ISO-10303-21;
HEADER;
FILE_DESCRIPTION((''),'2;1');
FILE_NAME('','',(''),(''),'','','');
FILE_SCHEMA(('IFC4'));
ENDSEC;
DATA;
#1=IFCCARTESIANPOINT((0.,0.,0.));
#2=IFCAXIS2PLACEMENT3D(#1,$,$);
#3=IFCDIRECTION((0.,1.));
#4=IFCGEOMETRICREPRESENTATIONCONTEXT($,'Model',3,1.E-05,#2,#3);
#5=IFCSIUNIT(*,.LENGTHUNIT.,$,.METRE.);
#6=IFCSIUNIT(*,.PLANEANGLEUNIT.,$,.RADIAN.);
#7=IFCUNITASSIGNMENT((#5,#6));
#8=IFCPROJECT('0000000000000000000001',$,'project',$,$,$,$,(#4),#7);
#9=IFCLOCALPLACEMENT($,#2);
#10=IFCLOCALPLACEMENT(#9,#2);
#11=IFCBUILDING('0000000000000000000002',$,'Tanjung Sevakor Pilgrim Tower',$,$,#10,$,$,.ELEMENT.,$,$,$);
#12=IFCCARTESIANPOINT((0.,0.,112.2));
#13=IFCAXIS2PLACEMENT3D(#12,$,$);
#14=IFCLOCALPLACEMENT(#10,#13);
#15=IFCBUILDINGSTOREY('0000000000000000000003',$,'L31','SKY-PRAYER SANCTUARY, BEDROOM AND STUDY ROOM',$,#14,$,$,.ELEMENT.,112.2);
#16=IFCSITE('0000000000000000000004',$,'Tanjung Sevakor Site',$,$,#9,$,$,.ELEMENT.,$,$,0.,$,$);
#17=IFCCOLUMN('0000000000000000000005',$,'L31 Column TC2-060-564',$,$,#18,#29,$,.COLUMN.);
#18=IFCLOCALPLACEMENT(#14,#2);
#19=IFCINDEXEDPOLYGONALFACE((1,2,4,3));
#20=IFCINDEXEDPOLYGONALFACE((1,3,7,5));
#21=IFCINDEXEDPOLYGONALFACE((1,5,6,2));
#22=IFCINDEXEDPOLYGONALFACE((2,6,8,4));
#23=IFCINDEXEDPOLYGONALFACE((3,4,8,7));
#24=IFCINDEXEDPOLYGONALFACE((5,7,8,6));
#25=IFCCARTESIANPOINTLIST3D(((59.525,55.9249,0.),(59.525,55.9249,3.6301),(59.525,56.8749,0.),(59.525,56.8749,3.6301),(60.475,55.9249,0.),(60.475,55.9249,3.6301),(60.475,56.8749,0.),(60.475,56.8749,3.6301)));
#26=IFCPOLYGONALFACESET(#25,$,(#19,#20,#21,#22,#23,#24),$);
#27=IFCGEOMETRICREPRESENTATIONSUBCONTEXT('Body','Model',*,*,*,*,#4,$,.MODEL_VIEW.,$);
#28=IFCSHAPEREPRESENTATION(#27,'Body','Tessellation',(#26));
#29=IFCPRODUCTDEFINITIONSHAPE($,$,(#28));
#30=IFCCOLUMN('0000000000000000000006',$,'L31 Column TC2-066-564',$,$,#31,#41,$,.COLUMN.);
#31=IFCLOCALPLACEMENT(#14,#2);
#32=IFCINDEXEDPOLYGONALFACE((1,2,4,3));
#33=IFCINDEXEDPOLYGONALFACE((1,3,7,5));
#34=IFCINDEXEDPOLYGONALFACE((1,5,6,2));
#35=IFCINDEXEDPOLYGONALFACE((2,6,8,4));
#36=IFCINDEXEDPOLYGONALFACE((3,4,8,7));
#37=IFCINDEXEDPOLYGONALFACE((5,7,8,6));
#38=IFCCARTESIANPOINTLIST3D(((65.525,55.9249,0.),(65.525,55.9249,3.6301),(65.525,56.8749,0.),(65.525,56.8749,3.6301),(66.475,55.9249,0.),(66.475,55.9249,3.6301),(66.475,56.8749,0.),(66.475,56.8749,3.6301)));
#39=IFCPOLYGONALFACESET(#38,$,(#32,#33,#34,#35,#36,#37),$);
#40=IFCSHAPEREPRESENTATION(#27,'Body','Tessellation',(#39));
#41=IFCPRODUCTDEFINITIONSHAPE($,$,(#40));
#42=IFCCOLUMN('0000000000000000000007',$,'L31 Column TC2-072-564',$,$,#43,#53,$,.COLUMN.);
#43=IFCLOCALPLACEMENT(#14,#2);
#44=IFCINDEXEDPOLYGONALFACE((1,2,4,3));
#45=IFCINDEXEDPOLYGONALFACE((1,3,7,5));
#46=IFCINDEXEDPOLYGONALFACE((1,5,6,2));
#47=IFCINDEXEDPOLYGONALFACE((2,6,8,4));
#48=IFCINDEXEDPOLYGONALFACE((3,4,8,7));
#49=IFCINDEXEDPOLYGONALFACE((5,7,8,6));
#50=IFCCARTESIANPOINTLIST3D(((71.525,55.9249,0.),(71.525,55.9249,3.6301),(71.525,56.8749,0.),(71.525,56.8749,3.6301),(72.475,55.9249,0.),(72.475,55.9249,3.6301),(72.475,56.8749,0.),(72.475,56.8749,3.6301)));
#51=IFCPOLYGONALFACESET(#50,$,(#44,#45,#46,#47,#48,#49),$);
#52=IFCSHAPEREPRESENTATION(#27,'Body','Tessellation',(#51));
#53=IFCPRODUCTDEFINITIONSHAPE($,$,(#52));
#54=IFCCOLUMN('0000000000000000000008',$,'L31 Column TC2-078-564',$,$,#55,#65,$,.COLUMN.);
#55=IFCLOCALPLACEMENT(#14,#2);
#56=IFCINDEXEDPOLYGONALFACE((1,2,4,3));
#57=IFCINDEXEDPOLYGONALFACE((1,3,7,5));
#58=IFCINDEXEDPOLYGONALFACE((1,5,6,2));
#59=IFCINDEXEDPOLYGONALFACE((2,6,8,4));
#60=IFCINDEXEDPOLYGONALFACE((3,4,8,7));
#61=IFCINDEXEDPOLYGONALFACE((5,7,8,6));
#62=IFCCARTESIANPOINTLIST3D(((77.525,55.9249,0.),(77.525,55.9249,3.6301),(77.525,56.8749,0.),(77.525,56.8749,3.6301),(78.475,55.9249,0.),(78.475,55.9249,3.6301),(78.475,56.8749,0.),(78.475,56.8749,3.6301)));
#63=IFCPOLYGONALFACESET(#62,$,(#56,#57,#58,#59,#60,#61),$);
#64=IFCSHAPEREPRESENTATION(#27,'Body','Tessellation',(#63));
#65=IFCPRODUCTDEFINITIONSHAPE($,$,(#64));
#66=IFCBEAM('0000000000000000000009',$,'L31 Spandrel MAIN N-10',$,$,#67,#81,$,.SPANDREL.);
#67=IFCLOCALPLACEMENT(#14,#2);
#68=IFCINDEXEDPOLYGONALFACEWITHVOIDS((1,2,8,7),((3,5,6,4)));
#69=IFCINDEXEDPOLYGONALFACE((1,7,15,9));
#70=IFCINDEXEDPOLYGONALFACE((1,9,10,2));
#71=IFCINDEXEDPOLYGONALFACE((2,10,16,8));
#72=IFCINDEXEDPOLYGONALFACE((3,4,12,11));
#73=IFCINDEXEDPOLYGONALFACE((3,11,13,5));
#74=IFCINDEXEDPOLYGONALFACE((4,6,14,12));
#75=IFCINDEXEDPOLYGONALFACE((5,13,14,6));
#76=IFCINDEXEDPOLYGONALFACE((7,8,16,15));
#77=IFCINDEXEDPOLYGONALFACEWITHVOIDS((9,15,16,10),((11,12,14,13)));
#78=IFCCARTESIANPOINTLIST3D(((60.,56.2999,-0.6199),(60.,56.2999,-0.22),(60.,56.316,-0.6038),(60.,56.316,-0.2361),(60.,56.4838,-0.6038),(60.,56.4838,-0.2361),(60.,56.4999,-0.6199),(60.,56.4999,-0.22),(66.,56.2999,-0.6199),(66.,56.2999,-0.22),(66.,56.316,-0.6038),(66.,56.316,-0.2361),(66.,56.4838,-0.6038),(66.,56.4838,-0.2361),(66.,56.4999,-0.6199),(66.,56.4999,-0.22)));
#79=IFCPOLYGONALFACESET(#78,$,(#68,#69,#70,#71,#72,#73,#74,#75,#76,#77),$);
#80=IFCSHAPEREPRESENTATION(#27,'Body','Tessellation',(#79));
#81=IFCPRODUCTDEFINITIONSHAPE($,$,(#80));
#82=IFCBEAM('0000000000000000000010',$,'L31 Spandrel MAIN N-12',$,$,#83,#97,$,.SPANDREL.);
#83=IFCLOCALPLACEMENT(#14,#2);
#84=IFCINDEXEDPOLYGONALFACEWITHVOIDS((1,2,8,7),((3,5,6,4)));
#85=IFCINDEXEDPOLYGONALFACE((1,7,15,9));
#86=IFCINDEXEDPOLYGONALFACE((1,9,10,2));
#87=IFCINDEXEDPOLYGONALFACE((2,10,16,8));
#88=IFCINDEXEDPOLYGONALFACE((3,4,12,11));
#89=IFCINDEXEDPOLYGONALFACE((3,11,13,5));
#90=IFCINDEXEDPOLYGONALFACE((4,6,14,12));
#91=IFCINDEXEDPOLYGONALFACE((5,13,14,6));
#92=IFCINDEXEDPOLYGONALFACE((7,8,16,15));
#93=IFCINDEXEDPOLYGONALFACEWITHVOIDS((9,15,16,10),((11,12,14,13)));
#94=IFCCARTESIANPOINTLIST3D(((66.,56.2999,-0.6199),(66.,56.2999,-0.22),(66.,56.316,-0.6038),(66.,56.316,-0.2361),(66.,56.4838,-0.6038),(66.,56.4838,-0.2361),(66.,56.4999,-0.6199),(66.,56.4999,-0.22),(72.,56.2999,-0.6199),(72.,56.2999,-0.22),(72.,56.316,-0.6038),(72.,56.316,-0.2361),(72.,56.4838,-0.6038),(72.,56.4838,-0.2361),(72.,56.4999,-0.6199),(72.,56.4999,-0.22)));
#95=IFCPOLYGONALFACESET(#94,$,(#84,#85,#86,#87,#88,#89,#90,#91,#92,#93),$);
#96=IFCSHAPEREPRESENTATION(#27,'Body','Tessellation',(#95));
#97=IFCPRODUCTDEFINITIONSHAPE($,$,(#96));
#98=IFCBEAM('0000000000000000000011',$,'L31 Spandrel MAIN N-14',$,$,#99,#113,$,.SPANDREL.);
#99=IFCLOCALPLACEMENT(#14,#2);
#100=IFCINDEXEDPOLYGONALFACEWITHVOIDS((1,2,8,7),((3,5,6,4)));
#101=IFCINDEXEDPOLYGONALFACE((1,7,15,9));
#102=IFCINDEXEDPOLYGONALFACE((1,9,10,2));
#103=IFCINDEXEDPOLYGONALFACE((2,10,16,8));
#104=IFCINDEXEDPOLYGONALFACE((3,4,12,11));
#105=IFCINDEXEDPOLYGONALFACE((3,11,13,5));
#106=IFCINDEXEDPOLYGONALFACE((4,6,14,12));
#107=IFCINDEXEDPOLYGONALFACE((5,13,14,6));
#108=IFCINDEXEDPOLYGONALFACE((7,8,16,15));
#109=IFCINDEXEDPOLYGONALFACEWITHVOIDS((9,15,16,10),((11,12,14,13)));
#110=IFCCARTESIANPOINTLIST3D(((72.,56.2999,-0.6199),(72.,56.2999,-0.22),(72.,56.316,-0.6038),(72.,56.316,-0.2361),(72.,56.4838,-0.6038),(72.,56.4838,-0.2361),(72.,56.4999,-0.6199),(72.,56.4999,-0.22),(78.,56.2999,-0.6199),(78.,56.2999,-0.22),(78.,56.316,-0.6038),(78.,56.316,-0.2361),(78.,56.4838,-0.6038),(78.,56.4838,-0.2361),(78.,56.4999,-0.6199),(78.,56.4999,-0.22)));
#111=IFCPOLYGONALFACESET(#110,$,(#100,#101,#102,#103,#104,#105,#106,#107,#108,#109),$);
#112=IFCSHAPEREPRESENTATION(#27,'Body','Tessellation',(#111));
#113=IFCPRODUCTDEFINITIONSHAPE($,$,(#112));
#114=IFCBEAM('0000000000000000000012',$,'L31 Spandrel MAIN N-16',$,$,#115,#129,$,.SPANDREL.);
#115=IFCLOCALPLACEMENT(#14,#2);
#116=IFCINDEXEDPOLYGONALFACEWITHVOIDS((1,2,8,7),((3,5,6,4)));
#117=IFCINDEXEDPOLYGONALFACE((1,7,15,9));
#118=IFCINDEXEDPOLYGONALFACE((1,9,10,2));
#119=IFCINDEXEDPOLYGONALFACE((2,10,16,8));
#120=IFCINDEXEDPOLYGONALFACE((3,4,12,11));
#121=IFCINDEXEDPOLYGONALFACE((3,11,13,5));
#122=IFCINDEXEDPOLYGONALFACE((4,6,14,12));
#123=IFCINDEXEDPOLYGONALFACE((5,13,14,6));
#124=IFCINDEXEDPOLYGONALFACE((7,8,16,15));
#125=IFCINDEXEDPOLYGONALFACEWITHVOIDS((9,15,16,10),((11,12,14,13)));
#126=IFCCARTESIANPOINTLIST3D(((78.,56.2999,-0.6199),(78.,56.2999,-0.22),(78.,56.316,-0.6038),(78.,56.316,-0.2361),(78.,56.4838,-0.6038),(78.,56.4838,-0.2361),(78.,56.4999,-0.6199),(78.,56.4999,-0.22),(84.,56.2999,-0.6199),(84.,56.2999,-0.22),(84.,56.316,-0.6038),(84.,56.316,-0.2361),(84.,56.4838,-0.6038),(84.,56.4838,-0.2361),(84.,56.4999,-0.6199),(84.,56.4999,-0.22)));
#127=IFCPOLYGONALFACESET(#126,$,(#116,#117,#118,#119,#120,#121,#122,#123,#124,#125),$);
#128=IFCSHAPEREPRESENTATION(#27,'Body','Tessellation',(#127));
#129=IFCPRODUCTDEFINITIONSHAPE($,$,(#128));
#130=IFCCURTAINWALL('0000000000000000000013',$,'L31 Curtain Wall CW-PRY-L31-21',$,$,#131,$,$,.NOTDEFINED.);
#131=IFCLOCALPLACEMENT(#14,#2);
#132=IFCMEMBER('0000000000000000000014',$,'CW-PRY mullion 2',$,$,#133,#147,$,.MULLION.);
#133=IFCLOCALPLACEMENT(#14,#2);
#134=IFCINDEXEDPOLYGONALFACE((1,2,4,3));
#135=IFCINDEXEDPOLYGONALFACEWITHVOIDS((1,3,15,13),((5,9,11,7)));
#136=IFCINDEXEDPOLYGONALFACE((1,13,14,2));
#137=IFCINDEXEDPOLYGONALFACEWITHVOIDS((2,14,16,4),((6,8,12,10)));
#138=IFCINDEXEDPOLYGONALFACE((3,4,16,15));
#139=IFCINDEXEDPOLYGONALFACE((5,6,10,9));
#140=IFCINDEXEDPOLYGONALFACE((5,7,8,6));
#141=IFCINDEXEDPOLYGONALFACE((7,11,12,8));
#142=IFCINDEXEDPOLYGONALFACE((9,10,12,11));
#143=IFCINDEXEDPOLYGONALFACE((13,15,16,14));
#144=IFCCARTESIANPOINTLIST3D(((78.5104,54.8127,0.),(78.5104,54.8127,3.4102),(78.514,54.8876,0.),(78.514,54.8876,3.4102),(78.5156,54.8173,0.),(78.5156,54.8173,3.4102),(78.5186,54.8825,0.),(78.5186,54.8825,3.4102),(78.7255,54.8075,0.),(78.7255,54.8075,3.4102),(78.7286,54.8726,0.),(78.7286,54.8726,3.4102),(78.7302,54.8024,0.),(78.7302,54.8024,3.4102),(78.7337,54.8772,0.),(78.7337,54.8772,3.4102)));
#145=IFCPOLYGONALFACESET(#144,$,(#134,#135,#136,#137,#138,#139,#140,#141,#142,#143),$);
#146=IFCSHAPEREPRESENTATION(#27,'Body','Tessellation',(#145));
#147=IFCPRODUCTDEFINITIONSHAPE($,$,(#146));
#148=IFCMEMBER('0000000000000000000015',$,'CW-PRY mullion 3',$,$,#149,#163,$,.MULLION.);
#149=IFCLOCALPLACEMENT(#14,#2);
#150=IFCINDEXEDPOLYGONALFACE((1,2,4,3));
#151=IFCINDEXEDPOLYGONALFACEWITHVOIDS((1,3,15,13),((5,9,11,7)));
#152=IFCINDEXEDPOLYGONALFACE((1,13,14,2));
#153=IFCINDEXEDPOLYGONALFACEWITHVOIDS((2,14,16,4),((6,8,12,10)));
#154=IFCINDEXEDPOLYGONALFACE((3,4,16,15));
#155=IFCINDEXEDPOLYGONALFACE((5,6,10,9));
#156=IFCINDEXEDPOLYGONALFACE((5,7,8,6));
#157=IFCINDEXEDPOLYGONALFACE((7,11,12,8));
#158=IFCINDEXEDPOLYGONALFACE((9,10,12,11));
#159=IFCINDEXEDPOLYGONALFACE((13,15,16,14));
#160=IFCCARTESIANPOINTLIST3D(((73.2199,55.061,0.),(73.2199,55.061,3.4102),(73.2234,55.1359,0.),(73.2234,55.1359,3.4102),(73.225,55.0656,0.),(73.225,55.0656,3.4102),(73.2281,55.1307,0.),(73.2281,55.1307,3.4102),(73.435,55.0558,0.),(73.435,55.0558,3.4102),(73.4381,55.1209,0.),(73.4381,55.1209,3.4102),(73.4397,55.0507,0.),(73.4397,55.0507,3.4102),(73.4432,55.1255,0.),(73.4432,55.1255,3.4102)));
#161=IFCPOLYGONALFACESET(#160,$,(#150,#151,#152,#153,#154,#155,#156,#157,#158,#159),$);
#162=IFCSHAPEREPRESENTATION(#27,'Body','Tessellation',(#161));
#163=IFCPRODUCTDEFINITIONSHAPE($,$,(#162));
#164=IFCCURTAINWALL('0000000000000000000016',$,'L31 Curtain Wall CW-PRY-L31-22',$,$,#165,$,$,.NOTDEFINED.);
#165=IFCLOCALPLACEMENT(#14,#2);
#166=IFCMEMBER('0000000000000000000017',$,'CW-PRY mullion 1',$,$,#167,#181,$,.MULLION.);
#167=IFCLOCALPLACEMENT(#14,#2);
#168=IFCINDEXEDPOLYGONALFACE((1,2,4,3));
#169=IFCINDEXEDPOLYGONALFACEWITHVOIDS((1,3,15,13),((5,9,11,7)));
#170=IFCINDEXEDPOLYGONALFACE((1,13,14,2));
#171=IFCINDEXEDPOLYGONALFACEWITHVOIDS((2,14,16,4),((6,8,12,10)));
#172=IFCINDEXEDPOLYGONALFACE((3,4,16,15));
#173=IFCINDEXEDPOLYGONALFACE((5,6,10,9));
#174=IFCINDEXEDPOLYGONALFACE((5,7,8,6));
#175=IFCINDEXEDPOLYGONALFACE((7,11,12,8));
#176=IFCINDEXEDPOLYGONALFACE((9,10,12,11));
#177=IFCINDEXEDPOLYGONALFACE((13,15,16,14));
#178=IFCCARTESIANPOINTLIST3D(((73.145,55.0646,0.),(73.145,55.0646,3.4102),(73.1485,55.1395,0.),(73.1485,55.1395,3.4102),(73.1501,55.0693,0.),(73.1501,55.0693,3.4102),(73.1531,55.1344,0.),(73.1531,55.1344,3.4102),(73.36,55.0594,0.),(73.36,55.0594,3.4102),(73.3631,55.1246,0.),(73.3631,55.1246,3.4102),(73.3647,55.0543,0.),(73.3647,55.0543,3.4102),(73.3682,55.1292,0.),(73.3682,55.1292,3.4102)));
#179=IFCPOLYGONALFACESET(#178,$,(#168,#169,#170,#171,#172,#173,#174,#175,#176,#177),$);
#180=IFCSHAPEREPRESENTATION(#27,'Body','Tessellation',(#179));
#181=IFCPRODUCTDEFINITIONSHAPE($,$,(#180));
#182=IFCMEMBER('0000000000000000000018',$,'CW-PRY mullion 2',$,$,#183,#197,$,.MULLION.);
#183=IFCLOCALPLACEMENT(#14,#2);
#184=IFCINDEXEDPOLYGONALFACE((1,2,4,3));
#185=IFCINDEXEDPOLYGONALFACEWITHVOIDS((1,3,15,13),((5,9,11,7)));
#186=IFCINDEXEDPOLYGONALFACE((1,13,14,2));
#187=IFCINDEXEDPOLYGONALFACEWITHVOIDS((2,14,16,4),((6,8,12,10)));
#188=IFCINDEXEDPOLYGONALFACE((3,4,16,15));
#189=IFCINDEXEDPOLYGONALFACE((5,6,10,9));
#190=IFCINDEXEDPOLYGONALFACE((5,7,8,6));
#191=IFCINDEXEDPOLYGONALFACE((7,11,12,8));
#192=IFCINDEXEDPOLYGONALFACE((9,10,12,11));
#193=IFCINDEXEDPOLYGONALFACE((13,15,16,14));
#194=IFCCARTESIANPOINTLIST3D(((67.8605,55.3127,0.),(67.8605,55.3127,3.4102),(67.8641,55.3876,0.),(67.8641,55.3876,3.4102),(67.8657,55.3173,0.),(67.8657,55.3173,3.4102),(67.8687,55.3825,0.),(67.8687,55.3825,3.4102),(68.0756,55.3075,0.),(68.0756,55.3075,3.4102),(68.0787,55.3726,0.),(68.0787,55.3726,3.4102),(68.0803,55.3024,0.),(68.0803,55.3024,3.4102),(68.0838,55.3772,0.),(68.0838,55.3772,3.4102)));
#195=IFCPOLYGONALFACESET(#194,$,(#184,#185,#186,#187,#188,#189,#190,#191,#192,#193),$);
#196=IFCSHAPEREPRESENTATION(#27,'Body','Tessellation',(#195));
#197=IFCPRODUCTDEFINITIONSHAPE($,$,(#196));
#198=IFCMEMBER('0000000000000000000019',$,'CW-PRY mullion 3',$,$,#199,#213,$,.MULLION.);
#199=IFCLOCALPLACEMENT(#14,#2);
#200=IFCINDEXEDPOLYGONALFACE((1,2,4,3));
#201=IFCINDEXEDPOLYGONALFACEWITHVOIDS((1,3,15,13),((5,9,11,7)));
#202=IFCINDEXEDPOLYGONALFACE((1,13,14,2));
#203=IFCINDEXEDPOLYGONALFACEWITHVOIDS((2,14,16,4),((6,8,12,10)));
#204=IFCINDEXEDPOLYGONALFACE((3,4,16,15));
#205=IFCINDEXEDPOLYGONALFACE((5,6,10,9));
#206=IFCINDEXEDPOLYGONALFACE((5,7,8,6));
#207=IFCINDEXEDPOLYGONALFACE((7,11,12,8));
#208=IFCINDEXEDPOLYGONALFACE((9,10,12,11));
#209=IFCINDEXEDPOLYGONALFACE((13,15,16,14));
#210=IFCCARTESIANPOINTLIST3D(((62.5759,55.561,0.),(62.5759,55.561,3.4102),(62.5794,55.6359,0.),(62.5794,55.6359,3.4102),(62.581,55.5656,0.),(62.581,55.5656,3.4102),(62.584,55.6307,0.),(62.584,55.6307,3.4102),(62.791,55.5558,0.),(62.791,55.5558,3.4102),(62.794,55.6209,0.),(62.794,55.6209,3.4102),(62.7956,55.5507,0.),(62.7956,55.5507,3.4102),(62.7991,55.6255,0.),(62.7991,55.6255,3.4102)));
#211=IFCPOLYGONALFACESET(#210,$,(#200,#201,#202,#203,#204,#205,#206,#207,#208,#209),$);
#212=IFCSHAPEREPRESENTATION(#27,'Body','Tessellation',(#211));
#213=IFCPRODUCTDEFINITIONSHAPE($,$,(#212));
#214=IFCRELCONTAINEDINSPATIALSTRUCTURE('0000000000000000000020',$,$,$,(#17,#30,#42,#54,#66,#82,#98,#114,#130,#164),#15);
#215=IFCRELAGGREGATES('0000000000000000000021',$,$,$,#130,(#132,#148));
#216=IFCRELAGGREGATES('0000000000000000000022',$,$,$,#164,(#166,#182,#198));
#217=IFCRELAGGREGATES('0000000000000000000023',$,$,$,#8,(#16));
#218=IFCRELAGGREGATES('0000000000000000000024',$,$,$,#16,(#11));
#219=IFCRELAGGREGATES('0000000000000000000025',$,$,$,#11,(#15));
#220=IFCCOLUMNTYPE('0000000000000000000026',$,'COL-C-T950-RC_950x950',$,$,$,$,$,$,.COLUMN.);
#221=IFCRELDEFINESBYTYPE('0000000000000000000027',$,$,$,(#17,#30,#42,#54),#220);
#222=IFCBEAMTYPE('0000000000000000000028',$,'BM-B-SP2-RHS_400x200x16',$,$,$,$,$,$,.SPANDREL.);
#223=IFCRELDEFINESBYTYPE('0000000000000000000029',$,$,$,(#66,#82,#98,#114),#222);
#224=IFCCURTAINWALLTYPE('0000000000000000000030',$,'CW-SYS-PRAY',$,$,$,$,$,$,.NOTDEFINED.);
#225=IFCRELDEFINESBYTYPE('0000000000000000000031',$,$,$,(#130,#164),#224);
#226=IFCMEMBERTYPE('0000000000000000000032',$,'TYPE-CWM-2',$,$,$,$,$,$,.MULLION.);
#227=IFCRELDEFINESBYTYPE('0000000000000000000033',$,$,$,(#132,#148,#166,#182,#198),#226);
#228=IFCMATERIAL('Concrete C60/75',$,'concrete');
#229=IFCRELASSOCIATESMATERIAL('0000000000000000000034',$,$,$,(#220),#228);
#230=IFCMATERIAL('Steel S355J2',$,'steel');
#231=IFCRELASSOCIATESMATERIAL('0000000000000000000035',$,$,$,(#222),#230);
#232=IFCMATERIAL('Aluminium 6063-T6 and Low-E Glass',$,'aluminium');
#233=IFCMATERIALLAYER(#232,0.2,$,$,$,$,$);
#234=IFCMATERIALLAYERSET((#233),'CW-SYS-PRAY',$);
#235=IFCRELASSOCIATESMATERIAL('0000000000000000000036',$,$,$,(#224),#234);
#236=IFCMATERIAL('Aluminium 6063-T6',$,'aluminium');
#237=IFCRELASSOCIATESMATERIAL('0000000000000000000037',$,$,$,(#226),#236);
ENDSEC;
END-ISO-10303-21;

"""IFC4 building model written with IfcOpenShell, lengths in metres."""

from ifc_helpers import new_model, si_unit, direction, frame, origin, origin_2d, place, context, subcontext, project, spatial, rectangle, hollow_rectangle, extrude, material, layer, layer_set, material_profile, profile_set, type_object, element, aggregate, save


model = new_model("IFC4")

# Units and contexts
model_context = context("Model", 3, precision=1e-05, world=origin(), true_north=direction((0.0, 1.0)))
body_context = subcontext(model_context, "Body", "Model", "MODEL_VIEW")
ifc_project = project(units=[si_unit("LENGTHUNIT", "METRE"), si_unit("PLANEANGLEUNIT", "RADIAN")], contexts=[model_context])

# Site, building, storey
site_placement = place(None, origin())
site = spatial("IfcSite", under=ifc_project, at=site_placement, Name="Tanjung Sevakor Site", CompositionType="ELEMENT", RefElevation=0.0)
building_placement = place(site_placement, origin())
building = spatial("IfcBuilding", under=site, at=building_placement, Name="Tanjung Sevakor Pilgrim Tower", CompositionType="ELEMENT")
storey_placement = place(building_placement, frame((0.0, 0.0, 112.2)))
storey = spatial("IfcBuildingStorey", under=building, at=storey_placement, Name="L31", Description="SKY-PRAYER SANCTUARY, BEDROOM AND STUDY ROOM", CompositionType="ELEMENT", Elevation=112.2)

# Columns
ifc_material_1 = material(Name="Concrete C60/75", Category="concrete")
ifc_material_profile_1 = material_profile(ifc_material_1, rectangle(XDim=0.95, YDim=0.95, at=origin_2d()))
ifc_profile_set_1 = profile_set([ifc_material_profile_1], Name="Concrete C60/75")
column_type = type_object("IfcColumnType", Name="COL-C-T950-RC_950x950", PredefinedType="COLUMN", material=ifc_profile_set_1)
for number, where, z_axis, x_axis, name in (
    (1, (60.0, 56.3999, 0.0), (0.0, 0.0, 1.0), (1.0, 0.0, 0.0), "L31 Column TC2-060-564"),
    (2, (66.0, 56.3999, 0.0), (0.0, 0.0, 1.0), (1.0, 0.0, 0.0), "L31 Column TC2-066-564"),
    (3, (72.0, 56.3999, 0.0), (0.0, 0.0, 1.0), (1.0, 0.0, 0.0), "L31 Column TC2-072-564"),
    (4, (78.0, 56.3999, 0.0), (0.0, 0.0, 1.0), (1.0, 0.0, 0.0), "L31 Column TC2-078-564"),
):
    element("IfcColumn", number, at=place(storey_placement, frame(where, z_axis=z_axis, x_axis=x_axis)), inside=storey, type_object=column_type, Name=name, PredefinedType="COLUMN", context=body_context, shape_type="SweptSolid", body=[
        extrude(rectangle(XDim=0.95, YDim=0.95, at=origin_2d()), origin(), (0.0, 0.0, 1.0), 3.6301),
    ])

# Beams
ifc_material_2 = material(Name="Steel S355J2", Category="steel")
ifc_material_profile_2 = material_profile(ifc_material_2, hollow_rectangle(XDim=0.2, YDim=0.3999, WallThickness=0.0161, at=origin_2d()))
ifc_profile_set_2 = profile_set([ifc_material_profile_2], Name="Steel S355J2")
beam_type = type_object("IfcBeamType", Name="BM-B-SP2-RHS_400x200x16", PredefinedType="SPANDREL", material=ifc_profile_set_2)
for number, where, z_axis, x_axis, name in (
    (5, (60.0, 56.3999, -0.4199), (1.0, 0.0, 0.0), (0.0, 1.0, 0.0), "L31 Spandrel MAIN N-10"),
    (6, (66.0, 56.3999, -0.4199), (1.0, 0.0, 0.0), (0.0, 1.0, 0.0), "L31 Spandrel MAIN N-12"),
    (7, (72.0, 56.3999, -0.4199), (1.0, 0.0, 0.0), (0.0, 1.0, 0.0), "L31 Spandrel MAIN N-14"),
    (8, (78.0, 56.3999, -0.4199), (1.0, 0.0, 0.0), (0.0, 1.0, 0.0), "L31 Spandrel MAIN N-16"),
):
    element("IfcBeam", number, at=place(storey_placement, frame(where, z_axis=z_axis, x_axis=x_axis)), inside=storey, type_object=beam_type, Name=name, PredefinedType="SPANDREL", context=body_context, shape_type="SweptSolid", body=[
        extrude(hollow_rectangle(XDim=0.2, YDim=0.3999, WallThickness=0.0161, at=origin_2d()), origin(), (0.0, 0.0, 1.0), 6.0),
    ])

# Curtain walls, members
ifc_material_3 = material(Name="Aluminium 6063-T6 and Low-E Glass", Category="aluminium")
ifc_layer_1 = layer(ifc_material_3, 0.2)
ifc_layer_set_1 = layer_set([ifc_layer_1], Name="CW-SYS-PRAY")
curtain_wall_type = type_object("IfcCurtainWallType", Name="CW-SYS-PRAY", PredefinedType="NOTDEFINED", material=ifc_layer_set_1)
curtain_wall_1_placement = place(storey_placement, origin())
curtain_wall_1 = element("IfcCurtainWall", 9, at=curtain_wall_1_placement, inside=storey, type_object=curtain_wall_type, Name="L31 Curtain Wall CW-PRY-L31-21", PredefinedType="NOTDEFINED")
ifc_material_4 = material(Name="Aluminium 6063-T6", Category="aluminium")
ifc_material_profile_3 = material_profile(ifc_material_4, hollow_rectangle(XDim=0.075, YDim=0.22, WallThickness=0.0049, at=origin_2d()))
ifc_profile_set_3 = profile_set([ifc_material_profile_3], Name="Aluminium 6063-T6")
member_type_1 = type_object("IfcMemberType", Name="TYPE-CWM-2", PredefinedType="MULLION", material=ifc_profile_set_3)
member_1_placement = place(storey_placement, frame((78.6221, 54.845, 0.0), z_axis=(0.0, 0.0, 1.0), x_axis=(-0.046889, -0.9989, 0.0)))
member_1 = element("IfcMember", 10, at=member_1_placement, type_object=member_type_1, Name="CW-PRY mullion 2", PredefinedType="MULLION", context=body_context, shape_type="SweptSolid", body=[
    extrude(hollow_rectangle(XDim=0.075, YDim=0.22, WallThickness=0.0049, at=origin_2d()), origin(), (0.0, 0.0, 1.0), 3.4102),
])
member_2_placement = place(storey_placement, frame((73.3315, 55.0933, 0.0), z_axis=(0.0, 0.0, 1.0), x_axis=(-0.046889, -0.9989, 0.0)))
member_2 = element("IfcMember", 11, at=member_2_placement, type_object=member_type_1, Name="CW-PRY mullion 3", PredefinedType="MULLION", context=body_context, shape_type="SweptSolid", body=[
    extrude(hollow_rectangle(XDim=0.075, YDim=0.22, WallThickness=0.0049, at=origin_2d()), origin(), (0.0, 0.0, 1.0), 3.4102),
])
curtain_wall_2_placement = place(storey_placement, origin())
curtain_wall_2 = element("IfcCurtainWall", 12, at=curtain_wall_2_placement, inside=storey, type_object=curtain_wall_type, Name="L31 Curtain Wall CW-PRY-L31-22", PredefinedType="NOTDEFINED")
member_3_placement = place(storey_placement, frame((73.2566, 55.0969, 0.0), z_axis=(0.0, 0.0, 1.0), x_axis=(-0.046904, -0.998899, 0.0)))
member_3 = element("IfcMember", 13, at=member_3_placement, type_object=member_type_1, Name="CW-PRY mullion 1", PredefinedType="MULLION", context=body_context, shape_type="SweptSolid", body=[
    extrude(hollow_rectangle(XDim=0.075, YDim=0.22, WallThickness=0.0049, at=origin_2d()), origin(), (0.0, 0.0, 1.0), 3.4102),
])
member_4_placement = place(storey_placement, frame((67.9722, 55.345, 0.0), z_axis=(0.0, 0.0, 1.0), x_axis=(-0.046904, -0.998899, 0.0)))
member_4 = element("IfcMember", 14, at=member_4_placement, type_object=member_type_1, Name="CW-PRY mullion 2", PredefinedType="MULLION", context=body_context, shape_type="SweptSolid", body=[
    extrude(hollow_rectangle(XDim=0.075, YDim=0.22, WallThickness=0.0049, at=origin_2d()), origin(), (0.0, 0.0, 1.0), 3.4102),
])
member_5_placement = place(storey_placement, frame((62.6875, 55.5933, 0.0), z_axis=(0.0, 0.0, 1.0), x_axis=(-0.046904, -0.998899, 0.0)))
member_5 = element("IfcMember", 15, at=member_5_placement, type_object=member_type_1, Name="CW-PRY mullion 3", PredefinedType="MULLION", context=body_context, shape_type="SweptSolid", body=[
    extrude(hollow_rectangle(XDim=0.075, YDim=0.22, WallThickness=0.0049, at=origin_2d()), origin(), (0.0, 0.0, 1.0), 3.4102),
])

aggregate(curtain_wall_1, [member_1, member_2])
aggregate(curtain_wall_2, [member_3, member_4, member_5])

save(model, "model.ifc")
